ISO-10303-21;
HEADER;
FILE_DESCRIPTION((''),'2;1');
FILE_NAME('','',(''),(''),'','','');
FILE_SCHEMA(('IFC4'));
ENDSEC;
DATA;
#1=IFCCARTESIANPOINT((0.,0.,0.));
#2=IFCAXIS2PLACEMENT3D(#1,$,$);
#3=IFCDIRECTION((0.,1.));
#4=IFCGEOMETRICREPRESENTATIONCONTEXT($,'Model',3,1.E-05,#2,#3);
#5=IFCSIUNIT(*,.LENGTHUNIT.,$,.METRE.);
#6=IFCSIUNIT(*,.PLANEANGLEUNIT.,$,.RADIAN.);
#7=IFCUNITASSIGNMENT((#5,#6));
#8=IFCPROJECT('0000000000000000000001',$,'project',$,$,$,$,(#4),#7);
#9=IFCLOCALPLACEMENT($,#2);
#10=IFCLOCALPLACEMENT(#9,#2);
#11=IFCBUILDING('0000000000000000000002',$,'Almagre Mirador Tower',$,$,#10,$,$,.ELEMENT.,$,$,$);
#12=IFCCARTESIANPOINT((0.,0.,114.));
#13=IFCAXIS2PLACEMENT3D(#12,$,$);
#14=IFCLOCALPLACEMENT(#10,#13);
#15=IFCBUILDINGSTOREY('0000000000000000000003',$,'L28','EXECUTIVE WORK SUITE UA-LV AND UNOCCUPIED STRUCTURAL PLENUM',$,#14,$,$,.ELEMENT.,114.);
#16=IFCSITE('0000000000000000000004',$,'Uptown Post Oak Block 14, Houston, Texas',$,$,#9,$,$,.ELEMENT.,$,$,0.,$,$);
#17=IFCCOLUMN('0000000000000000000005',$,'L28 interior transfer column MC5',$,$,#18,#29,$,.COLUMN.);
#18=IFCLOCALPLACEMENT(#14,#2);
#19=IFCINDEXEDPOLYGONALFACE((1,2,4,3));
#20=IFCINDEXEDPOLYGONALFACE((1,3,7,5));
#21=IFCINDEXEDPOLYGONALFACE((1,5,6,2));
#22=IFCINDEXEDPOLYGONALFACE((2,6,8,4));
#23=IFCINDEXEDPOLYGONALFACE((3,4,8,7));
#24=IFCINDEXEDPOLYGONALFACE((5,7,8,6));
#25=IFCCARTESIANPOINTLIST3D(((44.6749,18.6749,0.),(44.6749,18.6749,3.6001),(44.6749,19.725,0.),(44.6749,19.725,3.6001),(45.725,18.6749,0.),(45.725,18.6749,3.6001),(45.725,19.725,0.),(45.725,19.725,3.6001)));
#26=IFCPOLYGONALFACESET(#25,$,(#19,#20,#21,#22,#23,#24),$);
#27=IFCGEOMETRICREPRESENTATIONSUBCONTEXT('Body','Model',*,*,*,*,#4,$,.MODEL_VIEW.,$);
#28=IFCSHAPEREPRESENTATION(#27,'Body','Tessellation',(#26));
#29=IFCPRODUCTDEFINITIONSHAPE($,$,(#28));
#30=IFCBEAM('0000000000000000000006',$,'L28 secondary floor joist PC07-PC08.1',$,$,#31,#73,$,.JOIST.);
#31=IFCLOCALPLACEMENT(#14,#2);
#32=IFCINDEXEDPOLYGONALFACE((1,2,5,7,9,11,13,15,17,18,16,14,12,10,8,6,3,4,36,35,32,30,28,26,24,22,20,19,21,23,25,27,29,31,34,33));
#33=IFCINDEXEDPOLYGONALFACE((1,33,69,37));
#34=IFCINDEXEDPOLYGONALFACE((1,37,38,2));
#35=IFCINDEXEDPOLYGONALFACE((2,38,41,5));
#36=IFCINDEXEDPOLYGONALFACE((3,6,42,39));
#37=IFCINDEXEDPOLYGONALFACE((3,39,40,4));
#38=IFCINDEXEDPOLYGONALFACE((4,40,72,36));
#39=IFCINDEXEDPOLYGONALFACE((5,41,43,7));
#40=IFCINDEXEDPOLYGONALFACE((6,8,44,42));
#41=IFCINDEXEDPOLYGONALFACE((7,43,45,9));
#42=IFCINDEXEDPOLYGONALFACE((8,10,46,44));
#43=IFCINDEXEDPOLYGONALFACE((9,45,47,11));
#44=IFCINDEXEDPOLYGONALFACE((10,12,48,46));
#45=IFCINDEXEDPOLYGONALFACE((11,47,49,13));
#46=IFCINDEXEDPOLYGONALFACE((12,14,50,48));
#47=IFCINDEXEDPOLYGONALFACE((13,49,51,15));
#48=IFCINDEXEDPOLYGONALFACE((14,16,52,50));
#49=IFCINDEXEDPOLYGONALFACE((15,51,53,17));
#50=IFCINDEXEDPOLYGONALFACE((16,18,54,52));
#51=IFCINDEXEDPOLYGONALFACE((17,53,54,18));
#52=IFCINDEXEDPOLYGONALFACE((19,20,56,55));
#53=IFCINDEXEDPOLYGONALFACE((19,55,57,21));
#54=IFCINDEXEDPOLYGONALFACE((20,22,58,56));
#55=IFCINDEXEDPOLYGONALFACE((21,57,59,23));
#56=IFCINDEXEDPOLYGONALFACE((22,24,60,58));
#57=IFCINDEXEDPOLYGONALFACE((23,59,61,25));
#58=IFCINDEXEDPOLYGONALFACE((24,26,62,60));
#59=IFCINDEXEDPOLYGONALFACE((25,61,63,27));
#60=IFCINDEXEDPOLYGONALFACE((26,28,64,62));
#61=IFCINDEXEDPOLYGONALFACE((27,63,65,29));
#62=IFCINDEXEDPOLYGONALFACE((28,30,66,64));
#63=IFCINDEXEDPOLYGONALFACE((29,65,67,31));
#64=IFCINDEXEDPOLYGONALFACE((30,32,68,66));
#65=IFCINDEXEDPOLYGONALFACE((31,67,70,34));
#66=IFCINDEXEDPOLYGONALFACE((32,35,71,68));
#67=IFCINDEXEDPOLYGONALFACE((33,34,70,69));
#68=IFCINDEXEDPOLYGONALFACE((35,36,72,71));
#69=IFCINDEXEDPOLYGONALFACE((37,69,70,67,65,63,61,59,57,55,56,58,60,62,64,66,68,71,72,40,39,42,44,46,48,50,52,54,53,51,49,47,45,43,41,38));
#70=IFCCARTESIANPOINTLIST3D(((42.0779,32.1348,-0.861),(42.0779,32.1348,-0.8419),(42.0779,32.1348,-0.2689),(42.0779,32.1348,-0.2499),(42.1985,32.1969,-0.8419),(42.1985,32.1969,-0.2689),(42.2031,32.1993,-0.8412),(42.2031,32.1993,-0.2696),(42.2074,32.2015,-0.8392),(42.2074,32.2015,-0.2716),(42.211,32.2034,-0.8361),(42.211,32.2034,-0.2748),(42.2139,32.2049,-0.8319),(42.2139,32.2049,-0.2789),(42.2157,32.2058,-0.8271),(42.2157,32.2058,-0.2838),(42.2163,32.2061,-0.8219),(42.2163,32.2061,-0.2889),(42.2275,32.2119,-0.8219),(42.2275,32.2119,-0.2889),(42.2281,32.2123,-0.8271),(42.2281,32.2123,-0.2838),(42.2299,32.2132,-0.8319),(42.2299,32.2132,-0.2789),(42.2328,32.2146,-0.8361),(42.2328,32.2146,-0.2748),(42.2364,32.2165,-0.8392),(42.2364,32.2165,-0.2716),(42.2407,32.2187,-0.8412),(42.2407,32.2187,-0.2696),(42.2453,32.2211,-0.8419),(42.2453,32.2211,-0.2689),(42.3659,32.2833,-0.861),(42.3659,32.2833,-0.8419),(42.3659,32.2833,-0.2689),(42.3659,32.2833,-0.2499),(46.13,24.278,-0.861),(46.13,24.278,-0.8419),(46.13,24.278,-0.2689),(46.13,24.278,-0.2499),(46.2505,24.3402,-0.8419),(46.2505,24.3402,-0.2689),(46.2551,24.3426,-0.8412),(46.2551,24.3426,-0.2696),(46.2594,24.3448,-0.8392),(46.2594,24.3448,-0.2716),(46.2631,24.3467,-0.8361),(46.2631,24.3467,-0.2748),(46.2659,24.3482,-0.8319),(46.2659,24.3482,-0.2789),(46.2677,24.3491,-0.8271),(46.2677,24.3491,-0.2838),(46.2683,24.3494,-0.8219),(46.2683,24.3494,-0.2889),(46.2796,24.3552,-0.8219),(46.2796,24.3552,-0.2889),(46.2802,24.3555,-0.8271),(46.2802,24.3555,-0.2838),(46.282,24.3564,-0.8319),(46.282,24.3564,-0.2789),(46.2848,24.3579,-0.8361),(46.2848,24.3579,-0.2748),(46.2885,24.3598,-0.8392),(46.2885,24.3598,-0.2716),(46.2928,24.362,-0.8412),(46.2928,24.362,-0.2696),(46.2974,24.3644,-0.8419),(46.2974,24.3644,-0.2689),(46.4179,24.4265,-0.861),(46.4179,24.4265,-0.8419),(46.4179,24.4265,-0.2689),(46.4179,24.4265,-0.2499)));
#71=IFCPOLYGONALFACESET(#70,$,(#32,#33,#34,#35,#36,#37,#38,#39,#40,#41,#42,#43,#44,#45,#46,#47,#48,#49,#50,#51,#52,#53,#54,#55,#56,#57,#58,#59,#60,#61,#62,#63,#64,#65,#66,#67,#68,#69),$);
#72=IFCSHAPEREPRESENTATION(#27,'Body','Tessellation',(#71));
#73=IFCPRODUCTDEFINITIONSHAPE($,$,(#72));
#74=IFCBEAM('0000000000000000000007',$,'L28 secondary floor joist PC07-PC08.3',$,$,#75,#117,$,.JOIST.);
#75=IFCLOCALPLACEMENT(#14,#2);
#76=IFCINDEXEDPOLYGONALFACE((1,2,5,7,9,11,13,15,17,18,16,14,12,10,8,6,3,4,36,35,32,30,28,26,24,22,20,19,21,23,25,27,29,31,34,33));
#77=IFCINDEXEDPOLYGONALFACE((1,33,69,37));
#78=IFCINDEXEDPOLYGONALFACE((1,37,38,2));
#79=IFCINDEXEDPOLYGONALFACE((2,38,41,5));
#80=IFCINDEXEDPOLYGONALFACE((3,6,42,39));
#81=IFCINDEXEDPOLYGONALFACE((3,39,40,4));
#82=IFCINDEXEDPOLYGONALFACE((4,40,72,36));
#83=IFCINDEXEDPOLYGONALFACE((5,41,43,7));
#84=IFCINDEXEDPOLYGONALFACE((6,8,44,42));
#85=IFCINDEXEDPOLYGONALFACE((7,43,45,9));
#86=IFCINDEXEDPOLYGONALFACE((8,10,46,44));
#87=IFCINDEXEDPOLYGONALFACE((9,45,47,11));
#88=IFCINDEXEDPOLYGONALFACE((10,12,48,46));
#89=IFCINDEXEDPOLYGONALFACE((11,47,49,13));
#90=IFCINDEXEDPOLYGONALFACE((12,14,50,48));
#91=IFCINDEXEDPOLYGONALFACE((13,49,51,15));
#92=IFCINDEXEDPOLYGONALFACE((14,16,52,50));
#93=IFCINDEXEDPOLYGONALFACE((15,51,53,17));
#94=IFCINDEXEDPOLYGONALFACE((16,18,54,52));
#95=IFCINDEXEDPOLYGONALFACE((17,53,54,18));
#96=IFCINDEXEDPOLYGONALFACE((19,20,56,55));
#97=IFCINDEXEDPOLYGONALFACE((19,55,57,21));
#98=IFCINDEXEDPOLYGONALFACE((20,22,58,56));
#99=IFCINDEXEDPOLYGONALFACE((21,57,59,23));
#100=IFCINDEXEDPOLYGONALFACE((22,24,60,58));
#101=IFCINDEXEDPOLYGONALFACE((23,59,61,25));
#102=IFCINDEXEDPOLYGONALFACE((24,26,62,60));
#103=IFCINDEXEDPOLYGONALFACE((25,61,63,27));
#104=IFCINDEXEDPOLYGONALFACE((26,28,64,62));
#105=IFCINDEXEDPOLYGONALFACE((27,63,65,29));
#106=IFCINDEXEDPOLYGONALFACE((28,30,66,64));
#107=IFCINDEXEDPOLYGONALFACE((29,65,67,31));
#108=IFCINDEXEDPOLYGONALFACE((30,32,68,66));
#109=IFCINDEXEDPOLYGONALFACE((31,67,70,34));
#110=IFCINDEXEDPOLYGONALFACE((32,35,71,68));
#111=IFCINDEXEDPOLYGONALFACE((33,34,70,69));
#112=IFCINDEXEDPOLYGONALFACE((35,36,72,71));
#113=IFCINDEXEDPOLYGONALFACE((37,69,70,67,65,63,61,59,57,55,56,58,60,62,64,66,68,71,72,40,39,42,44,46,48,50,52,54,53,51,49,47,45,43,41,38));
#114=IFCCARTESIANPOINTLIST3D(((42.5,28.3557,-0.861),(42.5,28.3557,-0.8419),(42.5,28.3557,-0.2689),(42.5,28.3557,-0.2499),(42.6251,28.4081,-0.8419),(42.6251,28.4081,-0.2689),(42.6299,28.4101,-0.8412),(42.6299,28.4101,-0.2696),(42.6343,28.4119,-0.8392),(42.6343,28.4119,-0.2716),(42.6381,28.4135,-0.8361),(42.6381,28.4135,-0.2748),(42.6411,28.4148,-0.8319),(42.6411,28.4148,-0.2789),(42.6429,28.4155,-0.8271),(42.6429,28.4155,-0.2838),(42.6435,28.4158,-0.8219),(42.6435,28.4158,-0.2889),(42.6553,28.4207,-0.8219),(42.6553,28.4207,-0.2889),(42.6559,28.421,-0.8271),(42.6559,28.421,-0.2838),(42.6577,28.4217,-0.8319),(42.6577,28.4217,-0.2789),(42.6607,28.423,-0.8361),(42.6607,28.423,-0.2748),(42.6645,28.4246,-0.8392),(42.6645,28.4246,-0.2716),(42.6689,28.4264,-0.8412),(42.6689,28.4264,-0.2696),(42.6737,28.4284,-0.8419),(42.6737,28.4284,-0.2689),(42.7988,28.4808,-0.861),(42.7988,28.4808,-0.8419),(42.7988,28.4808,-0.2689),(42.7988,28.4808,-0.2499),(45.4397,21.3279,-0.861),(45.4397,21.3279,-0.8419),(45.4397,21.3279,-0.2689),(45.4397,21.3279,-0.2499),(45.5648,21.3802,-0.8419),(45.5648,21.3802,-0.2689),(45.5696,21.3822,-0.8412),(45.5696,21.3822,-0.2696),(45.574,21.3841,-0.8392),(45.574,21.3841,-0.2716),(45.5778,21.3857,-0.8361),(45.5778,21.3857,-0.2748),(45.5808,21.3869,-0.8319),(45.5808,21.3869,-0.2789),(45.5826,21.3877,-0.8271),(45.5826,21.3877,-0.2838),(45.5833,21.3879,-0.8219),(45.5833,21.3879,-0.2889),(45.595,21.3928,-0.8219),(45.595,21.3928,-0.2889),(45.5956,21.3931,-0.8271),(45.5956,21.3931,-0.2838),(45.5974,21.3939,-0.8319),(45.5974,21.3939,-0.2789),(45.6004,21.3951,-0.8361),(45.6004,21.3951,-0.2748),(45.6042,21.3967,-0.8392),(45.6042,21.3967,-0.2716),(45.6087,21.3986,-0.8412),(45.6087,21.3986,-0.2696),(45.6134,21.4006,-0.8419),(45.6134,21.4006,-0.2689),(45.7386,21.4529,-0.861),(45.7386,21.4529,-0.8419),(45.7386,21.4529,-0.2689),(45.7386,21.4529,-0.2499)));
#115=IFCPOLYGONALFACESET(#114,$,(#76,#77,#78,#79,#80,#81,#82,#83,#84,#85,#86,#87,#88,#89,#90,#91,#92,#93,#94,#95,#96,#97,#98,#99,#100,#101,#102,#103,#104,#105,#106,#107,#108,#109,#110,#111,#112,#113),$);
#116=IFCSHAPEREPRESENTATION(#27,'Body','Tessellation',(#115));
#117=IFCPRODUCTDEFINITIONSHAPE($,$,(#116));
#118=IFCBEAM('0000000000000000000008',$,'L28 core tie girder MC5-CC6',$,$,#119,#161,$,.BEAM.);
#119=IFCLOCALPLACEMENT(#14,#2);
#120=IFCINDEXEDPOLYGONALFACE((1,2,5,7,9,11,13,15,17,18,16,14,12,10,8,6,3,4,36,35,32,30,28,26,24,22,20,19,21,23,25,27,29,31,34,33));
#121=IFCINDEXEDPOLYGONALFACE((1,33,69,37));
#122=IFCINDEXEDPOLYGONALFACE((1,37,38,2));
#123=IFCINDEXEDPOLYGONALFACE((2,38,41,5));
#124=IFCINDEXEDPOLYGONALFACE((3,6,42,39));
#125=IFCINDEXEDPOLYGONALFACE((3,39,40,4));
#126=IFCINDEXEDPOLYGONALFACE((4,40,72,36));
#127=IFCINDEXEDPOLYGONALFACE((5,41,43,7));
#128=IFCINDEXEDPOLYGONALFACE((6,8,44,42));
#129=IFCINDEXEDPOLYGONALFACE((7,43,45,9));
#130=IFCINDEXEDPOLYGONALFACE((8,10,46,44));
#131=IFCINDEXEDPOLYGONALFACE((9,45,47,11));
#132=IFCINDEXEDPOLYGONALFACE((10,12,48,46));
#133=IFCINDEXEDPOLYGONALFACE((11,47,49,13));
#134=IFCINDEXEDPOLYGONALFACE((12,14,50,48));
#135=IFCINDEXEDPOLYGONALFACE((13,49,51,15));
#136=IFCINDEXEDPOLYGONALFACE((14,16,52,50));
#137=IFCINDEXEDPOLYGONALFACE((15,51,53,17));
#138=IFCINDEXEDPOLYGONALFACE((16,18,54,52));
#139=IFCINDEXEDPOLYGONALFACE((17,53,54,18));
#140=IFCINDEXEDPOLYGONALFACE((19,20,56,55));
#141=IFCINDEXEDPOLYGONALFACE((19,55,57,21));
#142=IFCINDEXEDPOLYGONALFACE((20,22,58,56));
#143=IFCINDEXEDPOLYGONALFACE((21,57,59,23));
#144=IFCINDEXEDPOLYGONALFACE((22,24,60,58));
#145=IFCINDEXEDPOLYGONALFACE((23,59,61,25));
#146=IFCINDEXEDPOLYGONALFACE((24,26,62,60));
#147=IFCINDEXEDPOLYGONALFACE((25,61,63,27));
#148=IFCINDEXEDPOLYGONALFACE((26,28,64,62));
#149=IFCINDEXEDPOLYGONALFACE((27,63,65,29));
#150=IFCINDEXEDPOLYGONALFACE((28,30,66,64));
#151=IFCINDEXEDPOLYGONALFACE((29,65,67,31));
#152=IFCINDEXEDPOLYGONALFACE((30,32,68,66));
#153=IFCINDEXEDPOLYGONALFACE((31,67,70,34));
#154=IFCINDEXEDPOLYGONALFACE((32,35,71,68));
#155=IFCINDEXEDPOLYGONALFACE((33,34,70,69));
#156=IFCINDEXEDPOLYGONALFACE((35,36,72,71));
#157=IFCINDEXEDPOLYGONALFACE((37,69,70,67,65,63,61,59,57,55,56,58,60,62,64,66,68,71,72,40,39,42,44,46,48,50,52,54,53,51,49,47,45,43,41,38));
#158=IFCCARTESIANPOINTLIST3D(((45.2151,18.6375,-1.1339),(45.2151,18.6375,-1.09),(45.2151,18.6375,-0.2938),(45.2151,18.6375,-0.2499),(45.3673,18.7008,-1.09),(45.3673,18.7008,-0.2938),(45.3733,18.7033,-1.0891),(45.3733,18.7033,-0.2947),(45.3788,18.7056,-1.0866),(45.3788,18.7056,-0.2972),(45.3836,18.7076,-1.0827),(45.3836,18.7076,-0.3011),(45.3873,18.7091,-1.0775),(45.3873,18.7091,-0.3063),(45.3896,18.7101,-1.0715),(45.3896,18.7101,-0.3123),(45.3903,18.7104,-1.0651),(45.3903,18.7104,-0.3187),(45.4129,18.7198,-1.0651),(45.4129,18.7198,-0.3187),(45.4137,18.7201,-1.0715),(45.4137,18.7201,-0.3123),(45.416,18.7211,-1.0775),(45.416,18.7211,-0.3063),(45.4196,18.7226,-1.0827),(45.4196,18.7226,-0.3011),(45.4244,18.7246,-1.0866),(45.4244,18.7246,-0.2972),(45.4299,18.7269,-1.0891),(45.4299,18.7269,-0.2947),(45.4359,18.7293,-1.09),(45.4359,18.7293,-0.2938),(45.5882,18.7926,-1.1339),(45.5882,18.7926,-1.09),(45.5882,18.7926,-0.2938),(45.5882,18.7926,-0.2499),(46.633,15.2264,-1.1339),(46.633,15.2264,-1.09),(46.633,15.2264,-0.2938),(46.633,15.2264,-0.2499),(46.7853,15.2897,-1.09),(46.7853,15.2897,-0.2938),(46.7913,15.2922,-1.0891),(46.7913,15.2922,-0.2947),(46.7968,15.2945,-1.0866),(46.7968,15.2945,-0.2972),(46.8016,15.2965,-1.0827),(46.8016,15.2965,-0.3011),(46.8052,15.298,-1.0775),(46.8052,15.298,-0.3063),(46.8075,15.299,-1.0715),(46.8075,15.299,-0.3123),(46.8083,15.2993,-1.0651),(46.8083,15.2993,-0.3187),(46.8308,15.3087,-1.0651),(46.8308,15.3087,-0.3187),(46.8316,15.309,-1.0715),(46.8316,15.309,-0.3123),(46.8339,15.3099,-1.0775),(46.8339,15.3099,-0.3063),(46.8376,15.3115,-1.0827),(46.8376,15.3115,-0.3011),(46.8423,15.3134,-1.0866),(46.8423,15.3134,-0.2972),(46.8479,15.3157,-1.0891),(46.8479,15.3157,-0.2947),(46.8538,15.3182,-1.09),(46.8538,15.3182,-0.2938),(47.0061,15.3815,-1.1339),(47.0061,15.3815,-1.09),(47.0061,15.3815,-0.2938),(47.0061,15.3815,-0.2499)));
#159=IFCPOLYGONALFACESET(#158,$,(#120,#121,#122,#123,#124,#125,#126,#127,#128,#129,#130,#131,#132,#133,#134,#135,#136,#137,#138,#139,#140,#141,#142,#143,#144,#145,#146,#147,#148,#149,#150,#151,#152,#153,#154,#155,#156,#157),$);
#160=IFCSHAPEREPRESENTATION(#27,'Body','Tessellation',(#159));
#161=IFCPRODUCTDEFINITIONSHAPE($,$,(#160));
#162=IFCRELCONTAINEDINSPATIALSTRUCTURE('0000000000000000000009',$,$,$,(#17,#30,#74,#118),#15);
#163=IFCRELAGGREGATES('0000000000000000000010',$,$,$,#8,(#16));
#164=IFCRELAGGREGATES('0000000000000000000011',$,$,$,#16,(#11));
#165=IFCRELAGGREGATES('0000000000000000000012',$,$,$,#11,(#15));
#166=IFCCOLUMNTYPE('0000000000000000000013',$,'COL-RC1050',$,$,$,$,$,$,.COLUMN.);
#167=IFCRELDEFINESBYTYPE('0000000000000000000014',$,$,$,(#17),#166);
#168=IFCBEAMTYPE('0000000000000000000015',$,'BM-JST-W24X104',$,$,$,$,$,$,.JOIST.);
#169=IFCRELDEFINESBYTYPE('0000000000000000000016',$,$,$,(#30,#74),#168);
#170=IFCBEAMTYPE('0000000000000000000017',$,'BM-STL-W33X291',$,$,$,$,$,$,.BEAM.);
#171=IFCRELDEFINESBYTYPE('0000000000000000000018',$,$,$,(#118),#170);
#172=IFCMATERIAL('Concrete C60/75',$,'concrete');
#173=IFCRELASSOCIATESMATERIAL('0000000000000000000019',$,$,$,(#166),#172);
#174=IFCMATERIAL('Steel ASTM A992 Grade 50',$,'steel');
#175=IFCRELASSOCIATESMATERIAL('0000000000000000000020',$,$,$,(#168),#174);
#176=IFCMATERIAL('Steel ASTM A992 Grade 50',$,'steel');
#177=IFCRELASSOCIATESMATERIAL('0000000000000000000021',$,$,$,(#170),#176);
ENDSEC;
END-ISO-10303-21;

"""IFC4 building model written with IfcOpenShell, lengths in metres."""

from ifc_helpers import new_model, si_unit, direction, frame, origin, origin_2d, place, context, subcontext, project, spatial, rectangle, i_section, extrude, material, material_profile, profile_set, type_object, element, save


model = new_model("IFC4")

# Units and contexts
model_context = context("Model", 3, precision=1e-05, world=origin(), true_north=direction((0.0, 1.0)))
body_context = subcontext(model_context, "Body", "Model", "MODEL_VIEW")
ifc_project = project(units=[si_unit("LENGTHUNIT", "METRE"), si_unit("PLANEANGLEUNIT", "RADIAN")], contexts=[model_context])

# Site, building, storey
site_placement = place(None, origin())
site = spatial("IfcSite", under=ifc_project, at=site_placement, Name="Uptown Post Oak Block 14, Houston, Texas", CompositionType="ELEMENT", RefElevation=0.0)
building_placement = place(site_placement, origin())
building = spatial("IfcBuilding", under=site, at=building_placement, Name="Almagre Mirador Tower", CompositionType="ELEMENT")
storey_placement = place(building_placement, frame((0.0, 0.0, 114.0)))
storey = spatial("IfcBuildingStorey", under=building, at=storey_placement, Name="L28", Description="EXECUTIVE WORK SUITE UA-LV AND UNOCCUPIED STRUCTURAL PLENUM", CompositionType="ELEMENT", Elevation=114.0)

# Column
ifc_material_1 = material(Name="Concrete C60/75", Category="concrete")
ifc_material_profile_1 = material_profile(ifc_material_1, rectangle(XDim=1.05, YDim=1.05, at=origin_2d()), Name="RC1050X1050")
ifc_profile_set_1 = profile_set([ifc_material_profile_1], Name="Concrete C60/75")
column_type = type_object("IfcColumnType", Name="COL-RC1050", PredefinedType="COLUMN", material=ifc_profile_set_1)
column_placement = place(storey_placement, frame((45.2, 19.2, 0.0), z_axis=(0.0, 0.0, 1.0), x_axis=(1.0, 0.0, 0.0)))
element("IfcColumn", 1, at=column_placement, inside=storey, type_object=column_type, Name="L28 interior transfer column MC5", PredefinedType="COLUMN", context=body_context, shape_type="SweptSolid", body=[
    extrude(rectangle(XDim=1.05, YDim=1.05, at=origin_2d()), origin(), (0.0, 0.0, 1.0), 3.6001),
])

# Beams
ifc_material_2 = material(Name="Steel ASTM A992 Grade 50", Category="steel")
ifc_material_profile_2 = material_profile(ifc_material_2, i_section(OverallWidth=0.324, OverallDepth=0.6111, WebThickness=0.0127, FlangeThickness=0.019, FilletRadius=0.02, at=origin_2d()), Name="W24X104")
ifc_profile_set_2 = profile_set([ifc_material_profile_2], Name="Steel ASTM A992 Grade 50")
beam_type_1 = type_object("IfcBeamType", Name="BM-JST-W24X104", PredefinedType="JOIST", material=ifc_profile_set_2)
beam_1_placement = place(storey_placement, frame((46.2739, 24.3523, -0.5554), z_axis=(-0.458369, 0.888762, 0.0), x_axis=(-0.888762, -0.458369, 0.0)))
element("IfcBeam", 2, at=beam_1_placement, inside=storey, type_object=beam_type_1, Name="L28 secondary floor joist PC07-PC08.1", PredefinedType="JOIST", context=body_context, shape_type="SweptSolid", body=[
    extrude(i_section(OverallWidth=0.324, OverallDepth=0.6111, WebThickness=0.0127, FlangeThickness=0.019, FilletRadius=0.02, at=origin_2d()), origin(), (0.0, 0.0, 1.0), 8.8401),
])
beam_2_placement = place(storey_placement, frame((45.5891, 21.3904, -0.5554), z_axis=(-0.385894, 0.922543, 0.0), x_axis=(-0.922543, -0.385894, 0.0)))
element("IfcBeam", 3, at=beam_2_placement, inside=storey, type_object=beam_type_1, Name="L28 secondary floor joist PC07-PC08.3", PredefinedType="JOIST", context=body_context, shape_type="SweptSolid", body=[
    extrude(i_section(OverallWidth=0.324, OverallDepth=0.6111, WebThickness=0.0127, FlangeThickness=0.019, FilletRadius=0.02, at=origin_2d()), origin(), (0.0, 0.0, 1.0), 7.6179),
])
ifc_material_3 = material(Name="Steel ASTM A992 Grade 50", Category="steel")
ifc_material_profile_3 = material_profile(ifc_material_3, i_section(OverallWidth=0.4041, OverallDepth=0.884, WebThickness=0.0244, FlangeThickness=0.0439, FilletRadius=0.0249, at=origin_2d()), Name="W33X291")
ifc_profile_set_3 = profile_set([ifc_material_profile_3], Name="Steel ASTM A992 Grade 50")
beam_type_2 = type_object("IfcBeamType", Name="BM-STL-W33X291", PredefinedType="BEAM", material=ifc_profile_set_3)
beam_3_placement = place(storey_placement, frame((45.4016, 18.7151, -0.6919), z_axis=(0.383846, -0.923397, 0.0), x_axis=(0.923397, 0.383846, 0.0)))
element("IfcBeam", 4, at=beam_3_placement, inside=storey, type_object=beam_type_2, Name="L28 core tie girder MC5-CC6", PredefinedType="BEAM", context=body_context, shape_type="SweptSolid", body=[
    extrude(i_section(OverallWidth=0.4041, OverallDepth=0.884, WebThickness=0.0244, FlangeThickness=0.0439, FilletRadius=0.0249, at=origin_2d()), origin(), (0.0, 0.0, 1.0), 3.6941),
])

save(model, "model.ifc")
